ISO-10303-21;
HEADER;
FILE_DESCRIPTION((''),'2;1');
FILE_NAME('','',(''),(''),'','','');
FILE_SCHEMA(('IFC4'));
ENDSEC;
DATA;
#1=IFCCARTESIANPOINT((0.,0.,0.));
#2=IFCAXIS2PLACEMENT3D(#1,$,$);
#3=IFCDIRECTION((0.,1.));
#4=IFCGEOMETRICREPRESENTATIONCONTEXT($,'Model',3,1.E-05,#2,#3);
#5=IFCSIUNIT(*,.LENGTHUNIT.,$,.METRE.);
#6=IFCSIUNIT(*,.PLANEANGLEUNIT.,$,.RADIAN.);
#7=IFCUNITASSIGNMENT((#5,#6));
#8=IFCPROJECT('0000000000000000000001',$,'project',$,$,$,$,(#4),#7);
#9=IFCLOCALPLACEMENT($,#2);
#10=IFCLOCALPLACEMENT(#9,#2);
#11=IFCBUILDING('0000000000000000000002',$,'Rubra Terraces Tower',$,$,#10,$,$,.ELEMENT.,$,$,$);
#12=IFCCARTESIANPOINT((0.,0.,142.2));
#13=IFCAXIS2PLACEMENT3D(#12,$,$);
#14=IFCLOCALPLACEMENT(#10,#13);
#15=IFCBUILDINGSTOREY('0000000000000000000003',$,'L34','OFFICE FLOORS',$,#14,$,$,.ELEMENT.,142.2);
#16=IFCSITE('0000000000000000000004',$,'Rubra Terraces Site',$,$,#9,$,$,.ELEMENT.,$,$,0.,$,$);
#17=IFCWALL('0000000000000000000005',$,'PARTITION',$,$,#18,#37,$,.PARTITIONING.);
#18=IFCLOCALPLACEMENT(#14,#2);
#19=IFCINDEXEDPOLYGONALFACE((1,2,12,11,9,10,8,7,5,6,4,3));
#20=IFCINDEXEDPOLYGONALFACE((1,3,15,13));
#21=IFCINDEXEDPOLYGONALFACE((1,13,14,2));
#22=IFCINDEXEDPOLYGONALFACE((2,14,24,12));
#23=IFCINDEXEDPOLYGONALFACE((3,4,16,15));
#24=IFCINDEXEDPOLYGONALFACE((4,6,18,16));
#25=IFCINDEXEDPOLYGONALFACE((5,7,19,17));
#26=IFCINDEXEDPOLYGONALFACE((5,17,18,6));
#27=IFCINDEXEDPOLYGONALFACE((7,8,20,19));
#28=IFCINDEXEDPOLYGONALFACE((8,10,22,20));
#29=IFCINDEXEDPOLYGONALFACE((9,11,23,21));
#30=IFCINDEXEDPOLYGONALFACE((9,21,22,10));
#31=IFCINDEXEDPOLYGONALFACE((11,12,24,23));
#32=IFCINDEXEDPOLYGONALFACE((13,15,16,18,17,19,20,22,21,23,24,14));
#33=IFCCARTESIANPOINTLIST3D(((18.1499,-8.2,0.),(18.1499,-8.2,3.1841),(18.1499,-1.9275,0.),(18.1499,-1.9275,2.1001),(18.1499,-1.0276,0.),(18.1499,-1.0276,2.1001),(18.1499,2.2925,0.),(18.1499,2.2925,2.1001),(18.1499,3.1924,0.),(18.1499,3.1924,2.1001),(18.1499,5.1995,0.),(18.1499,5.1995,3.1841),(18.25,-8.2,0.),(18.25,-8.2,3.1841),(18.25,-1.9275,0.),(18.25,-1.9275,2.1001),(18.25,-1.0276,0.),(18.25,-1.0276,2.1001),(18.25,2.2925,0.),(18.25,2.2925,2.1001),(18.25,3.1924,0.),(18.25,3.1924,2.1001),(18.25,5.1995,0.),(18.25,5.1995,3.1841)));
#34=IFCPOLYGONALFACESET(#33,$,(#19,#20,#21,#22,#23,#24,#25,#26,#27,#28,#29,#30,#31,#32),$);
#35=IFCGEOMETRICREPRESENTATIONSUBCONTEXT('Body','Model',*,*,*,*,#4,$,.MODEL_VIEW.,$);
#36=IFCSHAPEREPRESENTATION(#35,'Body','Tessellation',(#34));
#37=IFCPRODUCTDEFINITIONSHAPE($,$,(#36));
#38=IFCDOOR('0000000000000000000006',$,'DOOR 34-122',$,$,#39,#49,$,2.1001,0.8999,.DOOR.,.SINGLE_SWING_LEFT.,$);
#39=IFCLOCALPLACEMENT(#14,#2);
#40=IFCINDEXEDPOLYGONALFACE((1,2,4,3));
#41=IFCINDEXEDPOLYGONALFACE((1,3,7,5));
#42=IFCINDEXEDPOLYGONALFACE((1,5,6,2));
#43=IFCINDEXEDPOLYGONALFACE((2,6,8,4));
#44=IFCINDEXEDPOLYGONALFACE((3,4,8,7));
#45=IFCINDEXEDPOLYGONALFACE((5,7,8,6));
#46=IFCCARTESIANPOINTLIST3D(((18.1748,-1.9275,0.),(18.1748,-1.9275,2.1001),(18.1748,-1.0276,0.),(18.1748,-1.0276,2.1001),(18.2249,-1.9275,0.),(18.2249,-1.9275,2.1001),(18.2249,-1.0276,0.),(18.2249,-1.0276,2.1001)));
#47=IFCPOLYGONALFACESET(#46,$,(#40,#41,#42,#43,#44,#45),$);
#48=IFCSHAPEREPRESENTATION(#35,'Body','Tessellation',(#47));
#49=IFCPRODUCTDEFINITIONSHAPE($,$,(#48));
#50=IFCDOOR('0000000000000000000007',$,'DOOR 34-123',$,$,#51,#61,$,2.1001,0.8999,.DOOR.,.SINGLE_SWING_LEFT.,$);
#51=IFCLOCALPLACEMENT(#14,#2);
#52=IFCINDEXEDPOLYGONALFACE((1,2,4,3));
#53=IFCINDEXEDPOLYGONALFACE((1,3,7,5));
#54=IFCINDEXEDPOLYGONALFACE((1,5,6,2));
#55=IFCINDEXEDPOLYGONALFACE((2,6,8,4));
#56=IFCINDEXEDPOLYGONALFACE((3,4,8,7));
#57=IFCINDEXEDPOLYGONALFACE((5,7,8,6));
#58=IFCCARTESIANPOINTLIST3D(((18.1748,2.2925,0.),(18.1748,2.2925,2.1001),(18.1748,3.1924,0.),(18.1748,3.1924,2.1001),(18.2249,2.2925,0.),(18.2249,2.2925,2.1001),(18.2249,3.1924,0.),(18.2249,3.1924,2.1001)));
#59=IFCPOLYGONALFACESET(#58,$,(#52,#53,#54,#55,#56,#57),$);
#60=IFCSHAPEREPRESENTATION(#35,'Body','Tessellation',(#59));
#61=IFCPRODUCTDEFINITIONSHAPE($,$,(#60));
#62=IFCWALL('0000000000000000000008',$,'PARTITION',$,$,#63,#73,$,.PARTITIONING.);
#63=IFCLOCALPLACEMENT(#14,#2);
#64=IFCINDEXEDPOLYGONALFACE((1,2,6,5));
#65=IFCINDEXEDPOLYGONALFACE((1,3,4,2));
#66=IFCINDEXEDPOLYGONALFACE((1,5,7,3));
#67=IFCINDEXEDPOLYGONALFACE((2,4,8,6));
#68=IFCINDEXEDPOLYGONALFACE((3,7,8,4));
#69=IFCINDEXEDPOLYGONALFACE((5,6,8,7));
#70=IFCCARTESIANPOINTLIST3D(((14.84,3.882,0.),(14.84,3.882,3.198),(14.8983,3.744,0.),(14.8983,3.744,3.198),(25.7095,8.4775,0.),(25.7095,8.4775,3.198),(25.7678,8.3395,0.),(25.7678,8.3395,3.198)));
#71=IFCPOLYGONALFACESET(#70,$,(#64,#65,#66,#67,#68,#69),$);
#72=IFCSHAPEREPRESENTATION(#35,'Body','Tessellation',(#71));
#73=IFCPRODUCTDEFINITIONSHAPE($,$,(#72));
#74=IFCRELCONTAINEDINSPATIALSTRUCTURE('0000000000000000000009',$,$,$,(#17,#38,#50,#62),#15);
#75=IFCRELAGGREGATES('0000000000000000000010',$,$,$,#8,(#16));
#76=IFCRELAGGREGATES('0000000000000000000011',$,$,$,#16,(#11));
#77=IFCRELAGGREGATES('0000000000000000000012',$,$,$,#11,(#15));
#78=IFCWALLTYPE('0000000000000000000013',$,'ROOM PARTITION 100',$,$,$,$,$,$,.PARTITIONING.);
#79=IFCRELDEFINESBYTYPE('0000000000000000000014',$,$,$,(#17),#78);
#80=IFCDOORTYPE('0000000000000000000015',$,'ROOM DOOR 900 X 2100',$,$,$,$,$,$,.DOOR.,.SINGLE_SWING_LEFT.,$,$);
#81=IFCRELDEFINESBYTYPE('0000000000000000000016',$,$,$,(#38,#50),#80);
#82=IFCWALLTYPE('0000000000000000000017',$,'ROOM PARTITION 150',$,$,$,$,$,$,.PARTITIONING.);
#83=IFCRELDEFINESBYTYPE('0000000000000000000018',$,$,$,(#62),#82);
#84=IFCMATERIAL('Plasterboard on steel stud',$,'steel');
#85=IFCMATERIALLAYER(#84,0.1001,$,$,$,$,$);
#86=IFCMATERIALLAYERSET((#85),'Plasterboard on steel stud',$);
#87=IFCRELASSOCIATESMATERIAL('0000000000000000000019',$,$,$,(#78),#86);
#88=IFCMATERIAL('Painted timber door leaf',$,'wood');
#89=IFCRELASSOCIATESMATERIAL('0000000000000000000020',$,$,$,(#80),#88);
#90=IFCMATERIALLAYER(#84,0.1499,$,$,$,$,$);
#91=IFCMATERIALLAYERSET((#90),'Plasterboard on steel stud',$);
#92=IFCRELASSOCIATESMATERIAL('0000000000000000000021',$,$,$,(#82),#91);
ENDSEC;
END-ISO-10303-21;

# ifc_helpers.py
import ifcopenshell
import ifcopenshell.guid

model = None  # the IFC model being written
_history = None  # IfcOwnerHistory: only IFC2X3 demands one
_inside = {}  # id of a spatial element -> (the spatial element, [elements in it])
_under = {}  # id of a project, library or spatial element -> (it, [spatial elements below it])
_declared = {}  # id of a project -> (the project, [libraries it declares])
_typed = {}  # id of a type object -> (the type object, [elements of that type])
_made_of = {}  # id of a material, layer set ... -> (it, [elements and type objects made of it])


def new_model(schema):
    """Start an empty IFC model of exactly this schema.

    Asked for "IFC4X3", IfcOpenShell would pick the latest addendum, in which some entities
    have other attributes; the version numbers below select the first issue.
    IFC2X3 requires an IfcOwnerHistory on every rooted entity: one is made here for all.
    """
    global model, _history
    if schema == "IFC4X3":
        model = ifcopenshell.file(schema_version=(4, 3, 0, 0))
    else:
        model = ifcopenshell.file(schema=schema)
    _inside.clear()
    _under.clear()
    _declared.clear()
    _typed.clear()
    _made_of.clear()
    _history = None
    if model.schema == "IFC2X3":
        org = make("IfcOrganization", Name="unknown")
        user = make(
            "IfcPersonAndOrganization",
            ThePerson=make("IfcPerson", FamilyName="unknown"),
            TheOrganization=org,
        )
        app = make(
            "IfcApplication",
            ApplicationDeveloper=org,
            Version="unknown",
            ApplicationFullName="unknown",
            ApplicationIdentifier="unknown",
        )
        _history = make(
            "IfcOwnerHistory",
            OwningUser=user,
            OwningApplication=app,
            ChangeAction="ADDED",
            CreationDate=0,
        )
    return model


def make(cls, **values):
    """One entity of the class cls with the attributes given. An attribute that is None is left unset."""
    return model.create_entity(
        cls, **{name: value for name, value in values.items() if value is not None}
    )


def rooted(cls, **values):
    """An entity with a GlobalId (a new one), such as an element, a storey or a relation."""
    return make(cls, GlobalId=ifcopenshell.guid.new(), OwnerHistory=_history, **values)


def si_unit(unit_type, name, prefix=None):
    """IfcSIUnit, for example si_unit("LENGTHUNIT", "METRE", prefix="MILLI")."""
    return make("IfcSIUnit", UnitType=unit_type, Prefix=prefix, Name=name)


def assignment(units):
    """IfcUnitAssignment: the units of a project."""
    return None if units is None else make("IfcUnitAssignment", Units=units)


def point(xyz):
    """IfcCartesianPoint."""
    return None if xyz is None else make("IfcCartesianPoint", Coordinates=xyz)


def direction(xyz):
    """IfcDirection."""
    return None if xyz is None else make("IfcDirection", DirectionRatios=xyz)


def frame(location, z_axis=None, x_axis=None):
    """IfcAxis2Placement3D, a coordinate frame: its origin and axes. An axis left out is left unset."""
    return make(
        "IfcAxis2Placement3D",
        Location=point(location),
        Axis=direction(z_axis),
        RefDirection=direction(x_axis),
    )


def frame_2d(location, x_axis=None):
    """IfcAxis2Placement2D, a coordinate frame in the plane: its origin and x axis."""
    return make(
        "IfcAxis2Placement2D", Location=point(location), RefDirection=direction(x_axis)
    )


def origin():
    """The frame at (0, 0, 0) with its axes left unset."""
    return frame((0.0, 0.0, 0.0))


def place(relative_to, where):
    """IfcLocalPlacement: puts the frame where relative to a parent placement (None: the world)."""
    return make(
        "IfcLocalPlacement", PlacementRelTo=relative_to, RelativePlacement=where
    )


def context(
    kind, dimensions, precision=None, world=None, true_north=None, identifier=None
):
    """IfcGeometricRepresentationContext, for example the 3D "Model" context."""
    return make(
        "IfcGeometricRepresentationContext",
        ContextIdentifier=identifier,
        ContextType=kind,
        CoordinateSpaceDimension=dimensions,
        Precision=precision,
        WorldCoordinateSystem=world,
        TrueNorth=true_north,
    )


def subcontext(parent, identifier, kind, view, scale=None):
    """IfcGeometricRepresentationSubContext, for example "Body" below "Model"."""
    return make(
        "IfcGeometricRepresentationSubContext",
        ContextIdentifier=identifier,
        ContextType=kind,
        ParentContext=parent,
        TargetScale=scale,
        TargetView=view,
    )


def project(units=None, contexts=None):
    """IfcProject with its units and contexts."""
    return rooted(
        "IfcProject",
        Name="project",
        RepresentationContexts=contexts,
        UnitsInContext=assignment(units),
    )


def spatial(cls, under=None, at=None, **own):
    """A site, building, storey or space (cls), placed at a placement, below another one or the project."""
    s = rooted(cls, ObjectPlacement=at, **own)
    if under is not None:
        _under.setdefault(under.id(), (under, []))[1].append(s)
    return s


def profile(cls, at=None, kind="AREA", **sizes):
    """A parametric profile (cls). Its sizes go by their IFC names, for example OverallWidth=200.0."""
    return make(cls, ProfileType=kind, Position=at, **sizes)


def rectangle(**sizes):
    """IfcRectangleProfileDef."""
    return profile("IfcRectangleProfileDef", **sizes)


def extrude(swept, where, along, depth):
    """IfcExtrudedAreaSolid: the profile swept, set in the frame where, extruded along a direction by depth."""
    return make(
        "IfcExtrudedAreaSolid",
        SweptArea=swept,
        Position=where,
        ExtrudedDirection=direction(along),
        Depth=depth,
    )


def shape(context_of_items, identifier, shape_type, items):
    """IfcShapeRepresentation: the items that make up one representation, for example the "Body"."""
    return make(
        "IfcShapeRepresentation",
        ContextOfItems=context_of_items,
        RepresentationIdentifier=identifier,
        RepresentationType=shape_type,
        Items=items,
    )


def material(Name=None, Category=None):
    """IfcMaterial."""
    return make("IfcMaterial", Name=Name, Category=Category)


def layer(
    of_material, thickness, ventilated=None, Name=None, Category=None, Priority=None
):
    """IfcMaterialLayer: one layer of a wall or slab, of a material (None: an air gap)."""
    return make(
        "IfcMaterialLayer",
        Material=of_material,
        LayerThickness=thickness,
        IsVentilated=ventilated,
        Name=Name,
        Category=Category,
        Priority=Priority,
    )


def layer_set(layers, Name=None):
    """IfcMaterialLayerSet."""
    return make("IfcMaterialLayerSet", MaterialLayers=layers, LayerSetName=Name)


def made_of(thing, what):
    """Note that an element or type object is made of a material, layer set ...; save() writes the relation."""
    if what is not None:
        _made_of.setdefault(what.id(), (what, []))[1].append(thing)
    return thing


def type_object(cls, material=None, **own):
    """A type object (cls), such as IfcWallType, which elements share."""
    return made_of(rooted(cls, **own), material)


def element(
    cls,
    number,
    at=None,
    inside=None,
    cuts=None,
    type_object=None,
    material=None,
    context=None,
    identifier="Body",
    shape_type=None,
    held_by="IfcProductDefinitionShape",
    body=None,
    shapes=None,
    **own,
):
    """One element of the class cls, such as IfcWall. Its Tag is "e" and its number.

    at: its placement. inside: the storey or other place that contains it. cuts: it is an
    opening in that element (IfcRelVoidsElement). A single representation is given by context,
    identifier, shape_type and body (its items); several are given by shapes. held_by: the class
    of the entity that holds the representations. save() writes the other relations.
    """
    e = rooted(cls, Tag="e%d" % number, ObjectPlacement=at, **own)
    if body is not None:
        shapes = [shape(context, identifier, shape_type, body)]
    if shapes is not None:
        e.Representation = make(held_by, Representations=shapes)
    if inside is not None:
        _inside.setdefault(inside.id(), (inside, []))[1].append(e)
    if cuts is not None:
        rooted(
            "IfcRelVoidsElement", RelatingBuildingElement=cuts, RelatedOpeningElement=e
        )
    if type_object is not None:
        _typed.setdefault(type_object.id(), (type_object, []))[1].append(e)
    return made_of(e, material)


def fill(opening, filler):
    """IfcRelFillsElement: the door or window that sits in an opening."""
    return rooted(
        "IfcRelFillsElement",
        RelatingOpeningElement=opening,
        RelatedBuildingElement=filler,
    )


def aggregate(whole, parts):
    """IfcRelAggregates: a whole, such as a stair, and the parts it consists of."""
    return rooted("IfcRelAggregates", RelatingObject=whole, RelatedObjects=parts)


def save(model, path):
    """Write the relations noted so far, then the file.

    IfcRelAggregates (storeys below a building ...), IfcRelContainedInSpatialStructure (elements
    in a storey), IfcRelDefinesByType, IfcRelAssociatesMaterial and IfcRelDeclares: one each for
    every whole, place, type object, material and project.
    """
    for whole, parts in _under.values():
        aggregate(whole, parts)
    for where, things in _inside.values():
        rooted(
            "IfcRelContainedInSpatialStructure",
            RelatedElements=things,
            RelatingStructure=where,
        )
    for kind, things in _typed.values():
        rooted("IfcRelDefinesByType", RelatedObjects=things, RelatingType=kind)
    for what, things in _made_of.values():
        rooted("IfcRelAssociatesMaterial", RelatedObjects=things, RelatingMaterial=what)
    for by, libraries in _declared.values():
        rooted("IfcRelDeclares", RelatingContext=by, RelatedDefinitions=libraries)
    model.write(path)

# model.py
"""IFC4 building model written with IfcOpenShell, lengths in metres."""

from ifc_helpers import new_model, si_unit, direction, frame, frame_2d, origin, place, context, subcontext, project, spatial, rectangle, extrude, material, layer, layer_set, type_object, element, fill, save


model = new_model("IFC4")

# Units and contexts
model_context = context("Model", 3, precision=1e-05, world=origin(), true_north=direction((0.0, 1.0)))
body_context = subcontext(model_context, "Body", "Model", "MODEL_VIEW")
ifc_project = project(units=[si_unit("LENGTHUNIT", "METRE"), si_unit("PLANEANGLEUNIT", "RADIAN")], contexts=[model_context])

# Site, building, storey
site_placement = place(None, origin())
site = spatial("IfcSite", under=ifc_project, at=site_placement, Name="Rubra Terraces Site", CompositionType="ELEMENT", RefElevation=0.0)
building_placement = place(site_placement, origin())
building = spatial("IfcBuilding", under=site, at=building_placement, Name="Rubra Terraces Tower", CompositionType="ELEMENT")
storey_placement = place(building_placement, frame((0.0, 0.0, 142.2)))
storey = spatial("IfcBuildingStorey", under=building, at=storey_placement, Name="L34", Description="OFFICE FLOORS", CompositionType="ELEMENT", Elevation=142.2)

# Shared definitions
ifc_material_1 = material(Name="Plasterboard on steel stud", Category="steel")
ifc_layer_1 = layer(ifc_material_1, 0.1001)
ifc_layer_set_1 = layer_set([ifc_layer_1], Name="Plasterboard on steel stud")
wall_type_1 = type_object("IfcWallType", Name="ROOM PARTITION 100", PredefinedType="PARTITIONING", material=ifc_layer_set_1)

# Wall, openings, doors
wall_1_placement = place(storey_placement, frame((18.2, 5.1995, 0.0), z_axis=(0.0, 0.0, 1.0), x_axis=(0.0, -1.0, 0.0)))
wall_1 = element("IfcWall", 1, at=wall_1_placement, inside=storey, type_object=wall_type_1, Name="PARTITION", PredefinedType="PARTITIONING", context=body_context, shape_type="SweptSolid", body=[
    extrude(rectangle(XDim=13.3994, YDim=0.1001, at=frame_2d((6.6997, 0.0))), origin(), (0.0, 0.0, 1.0), 3.1841),
])
opening_1_placement = place(wall_1_placement, frame((6.2271, 0.0, 0.0)))
opening_1 = element("IfcOpeningElement", 2, at=opening_1_placement, cuts=wall_1, PredefinedType="OPENING", context=body_context, shape_type="SweptSolid", body=[
    extrude(rectangle(XDim=0.8999, YDim=2.1001, at=frame_2d((0.45, 1.05))), frame((0.0, 0.0601, 0.0), z_axis=(0.0, -1.0, 0.0), x_axis=(1.0, 0.0, 0.0)), (0.0, 0.0, 1.0), 0.1201),
])
opening_2_placement = place(wall_1_placement, frame((2.0071, 0.0, 0.0)))
opening_2 = element("IfcOpeningElement", 3, at=opening_2_placement, cuts=wall_1, PredefinedType="OPENING", context=body_context, shape_type="SweptSolid", body=[
    extrude(rectangle(XDim=0.8999, YDim=2.1001, at=frame_2d((0.45, 1.05))), frame((0.0, 0.0601, 0.0), z_axis=(0.0, -1.0, 0.0), x_axis=(1.0, 0.0, 0.0)), (0.0, 0.0, 1.0), 0.1201),
])
ifc_material_2 = material(Name="Painted timber door leaf", Category="wood")
door_type_1 = type_object("IfcDoorType", Name="ROOM DOOR 900 X 2100", OperationType="SINGLE_SWING_LEFT", PredefinedType="DOOR", material=ifc_material_2)
door_1_placement = place(opening_1_placement, origin())
door_1 = element("IfcDoor", 4, at=door_1_placement, inside=storey, type_object=door_type_1, Name="DOOR 34-122", OperationType="SINGLE_SWING_LEFT", OverallHeight=2.1001, OverallWidth=0.8999, PredefinedType="DOOR", context=body_context, shape_type="SweptSolid", body=[
    extrude(rectangle(XDim=0.8999, YDim=2.1001, at=frame_2d((0.45, 1.05))), frame((0.0, 0.0249, 0.0), z_axis=(0.0, -1.0, 0.0), x_axis=(1.0, 0.0, 0.0)), (0.0, 0.0, 1.0), 0.05),
])
fill(opening_1, door_1)
door_2_placement = place(opening_2_placement, origin())
door_2 = element("IfcDoor", 5, at=door_2_placement, inside=storey, type_object=door_type_1, Name="DOOR 34-123", OperationType="SINGLE_SWING_LEFT", OverallHeight=2.1001, OverallWidth=0.8999, PredefinedType="DOOR", context=body_context, shape_type="SweptSolid", body=[
    extrude(rectangle(XDim=0.8999, YDim=2.1001, at=frame_2d((0.45, 1.05))), frame((0.0, 0.0249, 0.0), z_axis=(0.0, -1.0, 0.0), x_axis=(1.0, 0.0, 0.0)), (0.0, 0.0, 1.0), 0.05),
])
fill(opening_2, door_2)

# Wall
ifc_layer_2 = layer(ifc_material_1, 0.1499)
ifc_layer_set_2 = layer_set([ifc_layer_2], Name="Plasterboard on steel stud")
wall_type_2 = type_object("IfcWallType", Name="ROOM PARTITION 150", PredefinedType="PARTITIONING", material=ifc_layer_set_2)
wall_2_placement = place(storey_placement, frame((25.7385, 8.4084, 0.0), z_axis=(0.0, 0.0, 1.0), x_axis=(-0.921062, -0.389415, 0.0)))
element("IfcWall", 6, at=wall_2_placement, inside=storey, type_object=wall_type_2, Name="PARTITION", PredefinedType="PARTITIONING", context=body_context, shape_type="SweptSolid", body=[
    extrude(rectangle(XDim=11.801, YDim=0.1499, at=frame_2d((5.9004, 0.0))), origin(), (0.0, 0.0, 1.0), 3.198),
])

save(model, "model.ifc")
